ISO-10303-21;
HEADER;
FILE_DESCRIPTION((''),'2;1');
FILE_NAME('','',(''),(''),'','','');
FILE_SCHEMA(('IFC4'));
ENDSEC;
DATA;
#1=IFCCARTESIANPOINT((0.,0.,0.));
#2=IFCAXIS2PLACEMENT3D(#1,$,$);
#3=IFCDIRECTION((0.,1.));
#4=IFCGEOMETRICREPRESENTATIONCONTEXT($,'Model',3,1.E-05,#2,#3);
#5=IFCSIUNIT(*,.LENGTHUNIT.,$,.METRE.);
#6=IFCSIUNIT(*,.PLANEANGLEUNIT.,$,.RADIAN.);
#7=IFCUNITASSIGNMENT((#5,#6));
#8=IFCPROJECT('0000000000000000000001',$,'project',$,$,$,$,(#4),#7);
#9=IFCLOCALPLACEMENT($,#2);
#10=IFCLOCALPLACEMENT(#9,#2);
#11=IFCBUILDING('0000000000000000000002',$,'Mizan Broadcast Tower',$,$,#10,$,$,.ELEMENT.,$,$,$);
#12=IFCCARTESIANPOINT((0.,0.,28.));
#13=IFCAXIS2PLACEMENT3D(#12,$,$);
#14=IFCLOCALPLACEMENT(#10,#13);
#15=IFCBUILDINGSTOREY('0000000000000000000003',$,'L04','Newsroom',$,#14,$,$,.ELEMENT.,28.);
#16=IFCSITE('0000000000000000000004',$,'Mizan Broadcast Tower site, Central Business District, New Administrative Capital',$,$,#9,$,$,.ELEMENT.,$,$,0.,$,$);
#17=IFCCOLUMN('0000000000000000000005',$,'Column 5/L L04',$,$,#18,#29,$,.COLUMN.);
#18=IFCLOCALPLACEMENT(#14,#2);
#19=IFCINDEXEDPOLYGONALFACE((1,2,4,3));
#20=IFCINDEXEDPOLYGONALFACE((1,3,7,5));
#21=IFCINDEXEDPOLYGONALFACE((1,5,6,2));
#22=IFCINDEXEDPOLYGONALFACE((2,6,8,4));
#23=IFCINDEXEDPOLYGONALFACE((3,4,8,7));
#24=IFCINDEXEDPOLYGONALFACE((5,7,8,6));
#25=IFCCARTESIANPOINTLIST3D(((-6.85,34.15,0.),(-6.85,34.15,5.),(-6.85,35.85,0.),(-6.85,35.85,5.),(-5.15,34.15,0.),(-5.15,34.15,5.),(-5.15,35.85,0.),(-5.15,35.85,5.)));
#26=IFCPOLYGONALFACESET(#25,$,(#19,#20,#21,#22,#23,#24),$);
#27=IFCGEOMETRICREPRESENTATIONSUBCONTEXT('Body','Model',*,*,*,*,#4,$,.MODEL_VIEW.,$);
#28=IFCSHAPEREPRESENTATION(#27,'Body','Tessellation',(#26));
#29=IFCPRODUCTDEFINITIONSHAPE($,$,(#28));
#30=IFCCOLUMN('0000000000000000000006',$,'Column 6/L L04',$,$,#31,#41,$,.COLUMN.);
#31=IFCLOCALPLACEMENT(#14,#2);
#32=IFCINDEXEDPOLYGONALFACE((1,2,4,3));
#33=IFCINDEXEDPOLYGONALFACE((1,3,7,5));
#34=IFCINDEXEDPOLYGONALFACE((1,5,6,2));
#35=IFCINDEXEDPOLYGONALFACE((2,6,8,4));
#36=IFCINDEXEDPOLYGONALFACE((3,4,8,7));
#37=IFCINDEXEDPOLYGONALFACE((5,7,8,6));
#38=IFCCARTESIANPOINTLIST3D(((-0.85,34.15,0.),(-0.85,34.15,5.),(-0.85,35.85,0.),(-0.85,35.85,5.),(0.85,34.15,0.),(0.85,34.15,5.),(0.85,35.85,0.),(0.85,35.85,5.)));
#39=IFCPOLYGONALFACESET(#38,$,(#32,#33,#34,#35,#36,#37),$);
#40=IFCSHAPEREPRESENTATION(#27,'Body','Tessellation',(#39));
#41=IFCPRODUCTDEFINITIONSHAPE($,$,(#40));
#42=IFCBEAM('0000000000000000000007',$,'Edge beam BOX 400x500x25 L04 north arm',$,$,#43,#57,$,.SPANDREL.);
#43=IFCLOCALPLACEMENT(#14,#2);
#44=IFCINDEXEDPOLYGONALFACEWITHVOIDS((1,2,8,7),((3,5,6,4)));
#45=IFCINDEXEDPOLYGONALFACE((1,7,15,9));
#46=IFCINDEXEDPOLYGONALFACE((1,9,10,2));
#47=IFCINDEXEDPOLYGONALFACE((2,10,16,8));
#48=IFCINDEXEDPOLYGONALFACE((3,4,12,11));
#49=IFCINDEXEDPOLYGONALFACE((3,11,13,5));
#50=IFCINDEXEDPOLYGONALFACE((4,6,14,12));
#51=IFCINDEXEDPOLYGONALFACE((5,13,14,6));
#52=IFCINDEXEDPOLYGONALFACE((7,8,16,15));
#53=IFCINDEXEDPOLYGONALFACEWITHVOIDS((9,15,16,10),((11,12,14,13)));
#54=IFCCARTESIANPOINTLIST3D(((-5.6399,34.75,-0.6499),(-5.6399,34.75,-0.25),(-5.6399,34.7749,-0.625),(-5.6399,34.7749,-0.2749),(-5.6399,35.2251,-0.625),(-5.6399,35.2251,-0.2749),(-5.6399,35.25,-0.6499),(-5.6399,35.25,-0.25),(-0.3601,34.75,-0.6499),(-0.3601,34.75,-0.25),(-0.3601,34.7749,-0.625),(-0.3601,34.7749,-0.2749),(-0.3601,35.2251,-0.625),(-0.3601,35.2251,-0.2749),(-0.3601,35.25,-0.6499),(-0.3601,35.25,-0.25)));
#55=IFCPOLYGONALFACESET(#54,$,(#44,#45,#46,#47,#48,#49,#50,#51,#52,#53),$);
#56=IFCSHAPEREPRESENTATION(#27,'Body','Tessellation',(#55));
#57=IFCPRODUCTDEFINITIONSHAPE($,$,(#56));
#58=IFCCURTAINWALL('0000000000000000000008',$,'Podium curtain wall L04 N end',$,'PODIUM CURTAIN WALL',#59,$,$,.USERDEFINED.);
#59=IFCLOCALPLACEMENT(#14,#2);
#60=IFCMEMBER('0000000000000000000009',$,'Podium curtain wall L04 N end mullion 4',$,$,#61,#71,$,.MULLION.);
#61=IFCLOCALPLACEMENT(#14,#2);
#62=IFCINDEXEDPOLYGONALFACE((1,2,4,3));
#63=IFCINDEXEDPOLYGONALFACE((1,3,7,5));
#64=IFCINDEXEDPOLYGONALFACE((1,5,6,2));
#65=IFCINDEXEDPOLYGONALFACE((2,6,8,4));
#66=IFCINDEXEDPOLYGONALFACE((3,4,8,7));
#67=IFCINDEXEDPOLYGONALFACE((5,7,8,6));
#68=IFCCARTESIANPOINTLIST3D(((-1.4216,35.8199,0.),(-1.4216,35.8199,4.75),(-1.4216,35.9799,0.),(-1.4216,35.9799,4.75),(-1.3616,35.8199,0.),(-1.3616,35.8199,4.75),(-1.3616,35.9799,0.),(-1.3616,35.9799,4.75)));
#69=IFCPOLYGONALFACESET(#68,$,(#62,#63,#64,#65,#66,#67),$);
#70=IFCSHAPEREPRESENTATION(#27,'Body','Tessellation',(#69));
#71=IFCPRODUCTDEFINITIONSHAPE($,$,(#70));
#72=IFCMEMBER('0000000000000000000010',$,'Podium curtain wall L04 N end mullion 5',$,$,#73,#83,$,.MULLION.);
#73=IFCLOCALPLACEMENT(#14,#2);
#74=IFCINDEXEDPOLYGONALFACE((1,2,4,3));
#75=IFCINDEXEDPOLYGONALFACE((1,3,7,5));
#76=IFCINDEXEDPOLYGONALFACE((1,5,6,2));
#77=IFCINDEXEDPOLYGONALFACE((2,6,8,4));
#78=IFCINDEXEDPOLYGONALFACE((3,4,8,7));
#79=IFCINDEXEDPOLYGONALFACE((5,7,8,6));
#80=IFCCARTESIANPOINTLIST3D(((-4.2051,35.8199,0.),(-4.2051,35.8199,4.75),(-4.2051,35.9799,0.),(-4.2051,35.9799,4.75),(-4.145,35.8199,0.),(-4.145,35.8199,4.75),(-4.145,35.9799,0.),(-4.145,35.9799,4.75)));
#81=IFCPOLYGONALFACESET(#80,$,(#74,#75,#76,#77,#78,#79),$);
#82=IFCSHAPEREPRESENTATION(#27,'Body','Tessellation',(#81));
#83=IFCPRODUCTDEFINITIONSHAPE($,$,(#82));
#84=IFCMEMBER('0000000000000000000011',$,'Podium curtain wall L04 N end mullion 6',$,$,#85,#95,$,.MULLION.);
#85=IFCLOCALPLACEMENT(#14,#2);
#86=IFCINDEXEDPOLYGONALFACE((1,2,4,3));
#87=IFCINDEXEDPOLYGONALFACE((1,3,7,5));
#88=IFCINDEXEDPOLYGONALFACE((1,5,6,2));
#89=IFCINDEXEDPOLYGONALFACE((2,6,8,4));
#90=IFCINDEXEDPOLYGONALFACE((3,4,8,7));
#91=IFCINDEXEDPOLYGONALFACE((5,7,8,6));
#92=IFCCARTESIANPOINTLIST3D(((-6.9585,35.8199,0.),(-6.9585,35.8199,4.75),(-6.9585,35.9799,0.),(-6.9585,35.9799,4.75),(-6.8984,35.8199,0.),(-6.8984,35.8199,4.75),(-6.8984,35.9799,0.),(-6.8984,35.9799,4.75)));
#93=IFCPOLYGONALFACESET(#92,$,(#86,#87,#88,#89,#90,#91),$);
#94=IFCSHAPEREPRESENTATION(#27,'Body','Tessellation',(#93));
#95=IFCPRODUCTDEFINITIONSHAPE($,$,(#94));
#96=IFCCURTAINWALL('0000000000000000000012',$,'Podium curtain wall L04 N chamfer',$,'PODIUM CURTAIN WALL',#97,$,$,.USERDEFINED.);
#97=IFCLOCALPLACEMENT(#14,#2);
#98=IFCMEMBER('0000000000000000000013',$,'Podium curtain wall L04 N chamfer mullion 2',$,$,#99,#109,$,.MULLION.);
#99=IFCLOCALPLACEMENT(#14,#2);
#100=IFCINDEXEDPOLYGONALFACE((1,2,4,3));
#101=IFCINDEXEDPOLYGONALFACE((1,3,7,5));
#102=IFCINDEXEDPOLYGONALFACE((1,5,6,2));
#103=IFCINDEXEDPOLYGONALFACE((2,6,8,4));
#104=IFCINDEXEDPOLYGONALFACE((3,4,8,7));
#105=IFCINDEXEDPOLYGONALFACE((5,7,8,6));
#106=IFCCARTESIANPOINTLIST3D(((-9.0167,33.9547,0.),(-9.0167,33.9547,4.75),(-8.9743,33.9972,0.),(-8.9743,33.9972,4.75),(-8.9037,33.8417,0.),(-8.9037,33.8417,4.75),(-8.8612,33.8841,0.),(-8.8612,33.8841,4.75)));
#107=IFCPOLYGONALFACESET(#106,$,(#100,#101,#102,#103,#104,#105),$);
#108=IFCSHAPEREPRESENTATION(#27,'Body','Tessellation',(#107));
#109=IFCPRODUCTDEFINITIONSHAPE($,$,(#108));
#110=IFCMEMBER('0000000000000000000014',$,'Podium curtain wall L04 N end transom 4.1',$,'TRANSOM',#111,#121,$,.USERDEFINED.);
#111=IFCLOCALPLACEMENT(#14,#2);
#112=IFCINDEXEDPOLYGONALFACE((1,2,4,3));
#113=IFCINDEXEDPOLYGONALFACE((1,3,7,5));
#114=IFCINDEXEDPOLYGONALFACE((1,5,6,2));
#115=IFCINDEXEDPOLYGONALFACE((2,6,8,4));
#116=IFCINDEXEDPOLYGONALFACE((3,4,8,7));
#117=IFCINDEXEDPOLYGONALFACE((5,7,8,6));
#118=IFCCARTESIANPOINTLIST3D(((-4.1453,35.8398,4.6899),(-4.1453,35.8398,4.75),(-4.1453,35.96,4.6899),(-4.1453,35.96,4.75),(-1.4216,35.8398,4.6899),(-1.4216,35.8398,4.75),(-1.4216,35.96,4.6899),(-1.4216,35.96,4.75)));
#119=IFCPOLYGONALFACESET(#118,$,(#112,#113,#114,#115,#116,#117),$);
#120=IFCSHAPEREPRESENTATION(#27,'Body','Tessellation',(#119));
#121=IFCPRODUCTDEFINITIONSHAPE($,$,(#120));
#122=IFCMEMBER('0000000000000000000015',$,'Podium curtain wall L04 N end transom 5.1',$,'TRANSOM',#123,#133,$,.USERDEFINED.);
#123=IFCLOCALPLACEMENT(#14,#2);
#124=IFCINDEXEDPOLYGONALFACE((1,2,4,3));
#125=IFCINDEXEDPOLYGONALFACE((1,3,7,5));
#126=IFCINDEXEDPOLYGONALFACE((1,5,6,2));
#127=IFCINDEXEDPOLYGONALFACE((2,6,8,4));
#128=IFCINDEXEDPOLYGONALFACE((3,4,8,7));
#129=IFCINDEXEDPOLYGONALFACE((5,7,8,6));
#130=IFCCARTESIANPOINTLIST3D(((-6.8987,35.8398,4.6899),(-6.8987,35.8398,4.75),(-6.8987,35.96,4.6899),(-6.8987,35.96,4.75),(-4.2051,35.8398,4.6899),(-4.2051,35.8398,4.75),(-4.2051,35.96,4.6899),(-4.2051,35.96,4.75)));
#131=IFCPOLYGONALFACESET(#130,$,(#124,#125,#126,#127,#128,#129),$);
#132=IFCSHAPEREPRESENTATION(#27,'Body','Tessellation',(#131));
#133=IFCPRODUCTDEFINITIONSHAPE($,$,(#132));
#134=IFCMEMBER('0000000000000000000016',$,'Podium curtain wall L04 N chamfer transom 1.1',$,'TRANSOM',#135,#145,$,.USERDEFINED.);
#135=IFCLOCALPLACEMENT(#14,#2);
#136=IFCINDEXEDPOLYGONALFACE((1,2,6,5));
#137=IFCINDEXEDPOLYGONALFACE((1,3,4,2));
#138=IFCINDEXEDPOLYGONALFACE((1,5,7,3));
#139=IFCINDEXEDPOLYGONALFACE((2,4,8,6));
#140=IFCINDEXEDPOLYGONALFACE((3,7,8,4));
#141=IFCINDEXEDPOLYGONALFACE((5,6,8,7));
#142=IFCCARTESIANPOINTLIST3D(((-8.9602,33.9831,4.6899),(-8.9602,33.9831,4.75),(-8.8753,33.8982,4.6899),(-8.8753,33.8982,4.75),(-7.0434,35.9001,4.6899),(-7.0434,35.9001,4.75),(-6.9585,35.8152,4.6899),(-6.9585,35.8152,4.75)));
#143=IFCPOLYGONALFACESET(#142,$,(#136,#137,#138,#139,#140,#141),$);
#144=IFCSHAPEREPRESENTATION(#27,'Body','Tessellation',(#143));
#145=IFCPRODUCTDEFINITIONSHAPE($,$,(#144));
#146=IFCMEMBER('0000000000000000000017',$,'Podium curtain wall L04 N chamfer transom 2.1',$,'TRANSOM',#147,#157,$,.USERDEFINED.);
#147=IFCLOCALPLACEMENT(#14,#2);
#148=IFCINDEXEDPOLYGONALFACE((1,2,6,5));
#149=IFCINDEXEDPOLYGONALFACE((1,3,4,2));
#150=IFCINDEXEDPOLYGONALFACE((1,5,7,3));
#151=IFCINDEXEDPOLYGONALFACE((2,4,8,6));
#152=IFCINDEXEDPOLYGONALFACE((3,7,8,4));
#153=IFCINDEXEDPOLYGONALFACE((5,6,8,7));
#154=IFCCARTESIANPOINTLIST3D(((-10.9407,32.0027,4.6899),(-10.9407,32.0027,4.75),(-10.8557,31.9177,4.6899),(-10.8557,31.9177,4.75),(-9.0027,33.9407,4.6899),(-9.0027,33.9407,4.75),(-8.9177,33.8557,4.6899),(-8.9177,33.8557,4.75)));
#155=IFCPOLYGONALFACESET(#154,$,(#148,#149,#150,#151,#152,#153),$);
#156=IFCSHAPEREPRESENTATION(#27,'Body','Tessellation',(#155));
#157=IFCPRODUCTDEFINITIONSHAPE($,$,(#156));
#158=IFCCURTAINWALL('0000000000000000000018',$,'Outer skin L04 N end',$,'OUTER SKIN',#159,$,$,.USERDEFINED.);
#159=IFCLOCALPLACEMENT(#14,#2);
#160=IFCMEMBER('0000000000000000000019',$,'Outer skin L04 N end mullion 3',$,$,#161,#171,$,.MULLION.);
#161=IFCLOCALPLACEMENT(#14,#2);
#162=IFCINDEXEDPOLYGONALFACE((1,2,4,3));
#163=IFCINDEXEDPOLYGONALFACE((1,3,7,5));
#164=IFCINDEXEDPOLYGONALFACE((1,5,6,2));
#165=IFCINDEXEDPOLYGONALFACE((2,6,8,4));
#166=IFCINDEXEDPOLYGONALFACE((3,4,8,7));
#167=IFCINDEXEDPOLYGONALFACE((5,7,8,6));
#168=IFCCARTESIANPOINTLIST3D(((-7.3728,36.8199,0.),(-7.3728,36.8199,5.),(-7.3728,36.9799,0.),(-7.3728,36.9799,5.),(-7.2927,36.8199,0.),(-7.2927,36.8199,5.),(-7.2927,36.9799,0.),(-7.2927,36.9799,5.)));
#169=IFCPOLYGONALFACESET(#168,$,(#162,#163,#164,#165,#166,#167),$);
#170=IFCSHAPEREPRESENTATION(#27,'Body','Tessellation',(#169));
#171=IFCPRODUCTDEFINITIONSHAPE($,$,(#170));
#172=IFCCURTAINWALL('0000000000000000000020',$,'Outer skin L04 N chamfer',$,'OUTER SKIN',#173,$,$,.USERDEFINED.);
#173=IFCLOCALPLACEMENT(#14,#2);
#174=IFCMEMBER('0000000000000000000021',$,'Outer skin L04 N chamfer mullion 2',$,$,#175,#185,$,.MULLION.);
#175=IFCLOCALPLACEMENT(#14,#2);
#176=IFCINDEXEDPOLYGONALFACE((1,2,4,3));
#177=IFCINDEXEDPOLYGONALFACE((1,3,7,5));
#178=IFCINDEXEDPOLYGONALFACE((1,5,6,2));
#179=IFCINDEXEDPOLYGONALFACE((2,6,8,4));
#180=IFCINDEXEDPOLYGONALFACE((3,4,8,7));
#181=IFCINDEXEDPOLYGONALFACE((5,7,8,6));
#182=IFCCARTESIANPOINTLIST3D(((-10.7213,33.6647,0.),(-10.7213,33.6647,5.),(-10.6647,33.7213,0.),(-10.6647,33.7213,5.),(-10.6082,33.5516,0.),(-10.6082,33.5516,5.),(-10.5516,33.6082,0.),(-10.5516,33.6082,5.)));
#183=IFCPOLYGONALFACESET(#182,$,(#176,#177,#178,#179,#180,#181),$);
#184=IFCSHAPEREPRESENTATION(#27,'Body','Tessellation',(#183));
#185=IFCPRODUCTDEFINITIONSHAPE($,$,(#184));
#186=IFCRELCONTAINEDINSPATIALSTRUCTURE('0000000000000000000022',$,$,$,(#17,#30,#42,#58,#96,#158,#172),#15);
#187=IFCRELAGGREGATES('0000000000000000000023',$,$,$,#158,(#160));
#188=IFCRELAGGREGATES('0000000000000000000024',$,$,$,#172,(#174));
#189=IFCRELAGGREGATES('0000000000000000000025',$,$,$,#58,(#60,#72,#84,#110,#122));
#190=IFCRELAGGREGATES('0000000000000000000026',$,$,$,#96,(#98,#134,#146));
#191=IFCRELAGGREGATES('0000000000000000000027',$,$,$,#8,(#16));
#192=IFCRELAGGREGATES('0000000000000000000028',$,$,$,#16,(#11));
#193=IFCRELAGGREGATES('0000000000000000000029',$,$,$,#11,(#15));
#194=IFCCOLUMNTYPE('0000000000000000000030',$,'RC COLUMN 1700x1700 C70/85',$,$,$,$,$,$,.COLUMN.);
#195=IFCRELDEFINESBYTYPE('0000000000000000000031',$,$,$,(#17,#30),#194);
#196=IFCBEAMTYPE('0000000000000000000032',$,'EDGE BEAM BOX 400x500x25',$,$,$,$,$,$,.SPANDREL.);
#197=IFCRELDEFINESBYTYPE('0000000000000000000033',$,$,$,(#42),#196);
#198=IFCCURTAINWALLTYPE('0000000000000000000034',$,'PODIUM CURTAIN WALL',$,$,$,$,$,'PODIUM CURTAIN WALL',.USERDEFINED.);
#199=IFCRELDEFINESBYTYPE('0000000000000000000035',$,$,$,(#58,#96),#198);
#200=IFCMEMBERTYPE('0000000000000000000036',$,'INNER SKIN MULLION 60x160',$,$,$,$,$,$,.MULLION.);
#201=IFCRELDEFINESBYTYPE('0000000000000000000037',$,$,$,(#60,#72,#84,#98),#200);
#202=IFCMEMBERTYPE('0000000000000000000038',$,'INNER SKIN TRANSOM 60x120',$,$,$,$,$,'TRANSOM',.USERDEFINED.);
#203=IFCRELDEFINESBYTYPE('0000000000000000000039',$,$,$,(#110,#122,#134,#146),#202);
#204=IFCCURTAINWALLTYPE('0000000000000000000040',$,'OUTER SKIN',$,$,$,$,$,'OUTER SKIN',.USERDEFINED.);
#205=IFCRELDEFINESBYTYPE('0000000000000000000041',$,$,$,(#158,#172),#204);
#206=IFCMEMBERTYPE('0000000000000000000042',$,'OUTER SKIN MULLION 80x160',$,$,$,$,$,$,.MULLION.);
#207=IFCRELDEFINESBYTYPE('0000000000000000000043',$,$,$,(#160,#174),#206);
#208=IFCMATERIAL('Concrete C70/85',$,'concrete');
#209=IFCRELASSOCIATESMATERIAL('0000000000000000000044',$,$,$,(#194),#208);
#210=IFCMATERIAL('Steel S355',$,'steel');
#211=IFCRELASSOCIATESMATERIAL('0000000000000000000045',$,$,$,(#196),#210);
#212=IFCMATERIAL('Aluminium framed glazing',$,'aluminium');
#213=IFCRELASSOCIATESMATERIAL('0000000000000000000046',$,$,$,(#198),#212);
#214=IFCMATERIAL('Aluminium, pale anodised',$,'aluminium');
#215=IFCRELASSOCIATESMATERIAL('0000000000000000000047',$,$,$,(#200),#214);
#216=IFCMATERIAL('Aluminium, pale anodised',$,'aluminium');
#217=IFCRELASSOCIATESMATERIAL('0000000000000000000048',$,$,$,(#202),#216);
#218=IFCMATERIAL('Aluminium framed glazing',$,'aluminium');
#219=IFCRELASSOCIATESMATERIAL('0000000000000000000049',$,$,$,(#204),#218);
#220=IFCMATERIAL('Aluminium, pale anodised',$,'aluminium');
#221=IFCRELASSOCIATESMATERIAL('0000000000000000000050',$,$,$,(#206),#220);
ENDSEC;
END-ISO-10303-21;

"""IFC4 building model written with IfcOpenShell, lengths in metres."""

from ifc_helpers import new_model, si_unit, direction, frame, origin, origin_2d, place, context, subcontext, project, spatial, rectangle, hollow_rectangle, extrude, material, material_profile, profile_set, type_object, element, aggregate, save


model = new_model("IFC4")

# Units and contexts
model_context = context("Model", 3, precision=1e-05, world=origin(), true_north=direction((0.0, 1.0)))
body_context = subcontext(model_context, "Body", "Model", "MODEL_VIEW")
ifc_project = project(units=[si_unit("LENGTHUNIT", "METRE"), si_unit("PLANEANGLEUNIT", "RADIAN")], contexts=[model_context])

# Site, building, storey
site_placement = place(None, origin())
site = spatial("IfcSite", under=ifc_project, at=site_placement, Name="Mizan Broadcast Tower site, Central Business District, New Administrative Capital", CompositionType="ELEMENT", RefElevation=0.0)
building_placement = place(site_placement, origin())
building = spatial("IfcBuilding", under=site, at=building_placement, Name="Mizan Broadcast Tower", CompositionType="ELEMENT")
storey_placement = place(building_placement, frame((0.0, 0.0, 28.0)))
storey = spatial("IfcBuildingStorey", under=building, at=storey_placement, Name="L04", Description="Newsroom", CompositionType="ELEMENT", Elevation=28.0)

# Columns
ifc_material_1 = material(Name="Concrete C70/85", Category="concrete")
ifc_material_profile_1 = material_profile(ifc_material_1, rectangle(XDim=1.7, YDim=1.7, at=origin_2d()), Name="RC 1700x1700")
ifc_profile_set_1 = profile_set([ifc_material_profile_1], Name="Concrete C70/85")
column_type = type_object("IfcColumnType", Name="RC COLUMN 1700x1700 C70/85", PredefinedType="COLUMN", material=ifc_profile_set_1)
for number, where, z_axis, x_axis, name in (
    (1, (-6.0, 35.0, 0.0), (0.0, 0.0, 1.0), (1.0, 0.0, 0.0), "Column 5/L L04"),
    (2, (0.0, 35.0, 0.0), (0.0, 0.0, 1.0), (1.0, 0.0, 0.0), "Column 6/L L04"),
):
    element("IfcColumn", number, at=place(storey_placement, frame(where, z_axis=z_axis, x_axis=x_axis)), inside=storey, type_object=column_type, Name=name, PredefinedType="COLUMN", context=body_context, shape_type="SweptSolid", body=[
        extrude(rectangle(XDim=1.7, YDim=1.7, at=origin_2d()), origin(), (0.0, 0.0, 1.0), 5.0),
    ])

# Beam
ifc_material_2 = material(Name="Steel S355", Category="steel")
ifc_material_profile_2 = material_profile(ifc_material_2, hollow_rectangle(XDim=0.5, YDim=0.3999, WallThickness=0.0249, at=origin_2d()), Name="BOX 400x500x25")
ifc_profile_set_2 = profile_set([ifc_material_profile_2], Name="Steel S355")
beam_type = type_object("IfcBeamType", Name="EDGE BEAM BOX 400x500x25", PredefinedType="SPANDREL", material=ifc_profile_set_2)
beam_placement = place(storey_placement, frame((-5.6399, 35.0, -0.45), z_axis=(1.0, 0.0, 0.0), x_axis=(0.0, 1.0, 0.0)))
element("IfcBeam", 3, at=beam_placement, inside=storey, type_object=beam_type, Name="Edge beam BOX 400x500x25 L04 north arm", PredefinedType="SPANDREL", context=body_context, shape_type="SweptSolid", body=[
    extrude(hollow_rectangle(XDim=0.5, YDim=0.3999, WallThickness=0.0249, at=origin_2d()), origin(), (0.0, 0.0, 1.0), 5.2798),
])

# Curtain wall, members
ifc_material_3 = material(Name="Aluminium framed glazing", Category="aluminium")
curtain_wall_type_1 = type_object("IfcCurtainWallType", Name="PODIUM CURTAIN WALL", ElementType="PODIUM CURTAIN WALL", PredefinedType="USERDEFINED", material=ifc_material_3)
curtain_wall_1_placement = place(storey_placement, origin())
curtain_wall_1 = element("IfcCurtainWall", 4, at=curtain_wall_1_placement, inside=storey, type_object=curtain_wall_type_1, Name="Podium curtain wall L04 N end", ObjectType="PODIUM CURTAIN WALL", PredefinedType="USERDEFINED")
ifc_material_4 = material(Name="Aluminium, pale anodised", Category="aluminium")
ifc_material_profile_3 = material_profile(ifc_material_4, rectangle(XDim=0.1599, YDim=0.0601, at=origin_2d()), Name="MULLION 160x60")
ifc_profile_set_3 = profile_set([ifc_material_profile_3], Name="Aluminium, pale anodised")
member_type_1 = type_object("IfcMemberType", Name="INNER SKIN MULLION 60x160", PredefinedType="MULLION", material=ifc_profile_set_3)
member_1_placement = place(storey_placement, frame((-1.3916, 35.8999, 0.0), z_axis=(0.0, 0.0, 1.0), x_axis=(0.0, -1.0, 0.0)))
member_1 = element("IfcMember", 5, at=member_1_placement, type_object=member_type_1, Name="Podium curtain wall L04 N end mullion 4", PredefinedType="MULLION", context=body_context, shape_type="SweptSolid", body=[
    extrude(rectangle(XDim=0.1599, YDim=0.0601, at=origin_2d()), origin(), (0.0, 0.0, 1.0), 4.75),
])
member_2_placement = place(storey_placement, frame((-4.175, 35.8999, 0.0), z_axis=(0.0, 0.0, 1.0), x_axis=(0.0, -1.0, 0.0)))
member_2 = element("IfcMember", 6, at=member_2_placement, type_object=member_type_1, Name="Podium curtain wall L04 N end mullion 5", PredefinedType="MULLION", context=body_context, shape_type="SweptSolid", body=[
    extrude(rectangle(XDim=0.1599, YDim=0.0601, at=origin_2d()), origin(), (0.0, 0.0, 1.0), 4.75),
])
member_3_placement = place(storey_placement, frame((-6.9285, 35.8999, 0.0), z_axis=(0.0, 0.0, 1.0), x_axis=(0.0, -1.0, 0.0)))
member_3 = element("IfcMember", 7, at=member_3_placement, type_object=member_type_1, Name="Podium curtain wall L04 N end mullion 6", PredefinedType="MULLION", context=body_context, shape_type="SweptSolid", body=[
    extrude(rectangle(XDim=0.1599, YDim=0.0601, at=origin_2d()), origin(), (0.0, 0.0, 1.0), 4.75),
])

# Curtain wall, member
curtain_wall_2_placement = place(storey_placement, origin())
curtain_wall_2 = element("IfcCurtainWall", 8, at=curtain_wall_2_placement, inside=storey, type_object=curtain_wall_type_1, Name="Podium curtain wall L04 N chamfer", ObjectType="PODIUM CURTAIN WALL", PredefinedType="USERDEFINED")
member_4_placement = place(storey_placement, frame((-8.939, 33.9194, 0.0), z_axis=(0.0, 0.0, 1.0), x_axis=(0.707107, -0.707107, 0.0)))
member_4 = element("IfcMember", 9, at=member_4_placement, type_object=member_type_1, Name="Podium curtain wall L04 N chamfer mullion 2", PredefinedType="MULLION", context=body_context, shape_type="SweptSolid", body=[
    extrude(rectangle(XDim=0.1599, YDim=0.0601, at=origin_2d()), origin(), (0.0, 0.0, 1.0), 4.75),
])

# Members
ifc_material_5 = material(Name="Aluminium, pale anodised", Category="aluminium")
ifc_material_profile_4 = material_profile(ifc_material_5, rectangle(XDim=0.1201, YDim=0.0601, at=origin_2d()), Name="TRANSOM 120x60")
ifc_profile_set_4 = profile_set([ifc_material_profile_4], Name="Aluminium, pale anodised")
member_type_2 = type_object("IfcMemberType", Name="INNER SKIN TRANSOM 60x120", ElementType="TRANSOM", PredefinedType="USERDEFINED", material=ifc_profile_set_4)
member_5_placement = place(storey_placement, frame((-1.4216, 35.8999, 4.72), z_axis=(-1.0, 0.0, 0.0), x_axis=(0.0, -1.0, 0.0)))
member_5 = element("IfcMember", 10, at=member_5_placement, type_object=member_type_2, Name="Podium curtain wall L04 N end transom 4.1", ObjectType="TRANSOM", PredefinedType="USERDEFINED", context=body_context, shape_type="SweptSolid", body=[
    extrude(rectangle(XDim=0.1201, YDim=0.0601, at=origin_2d()), origin(), (0.0, 0.0, 1.0), 2.7236),
])
member_6_placement = place(storey_placement, frame((-4.2051, 35.8999, 4.72), z_axis=(-1.0, 0.0, 0.0), x_axis=(0.0, -1.0, 0.0)))
member_6 = element("IfcMember", 11, at=member_6_placement, type_object=member_type_2, Name="Podium curtain wall L04 N end transom 5.1", ObjectType="TRANSOM", PredefinedType="USERDEFINED", context=body_context, shape_type="SweptSolid", body=[
    extrude(rectangle(XDim=0.1201, YDim=0.0601, at=origin_2d()), origin(), (0.0, 0.0, 1.0), 2.6936),
])
member_7_placement = place(storey_placement, frame((-7.001, 35.8577, 4.72), z_axis=(-0.707062, -0.707152, 0.0), x_axis=(0.707152, -0.707062, 0.0)))
member_7 = element("IfcMember", 12, at=member_7_placement, type_object=member_type_2, Name="Podium curtain wall L04 N chamfer transom 1.1", ObjectType="TRANSOM", PredefinedType="USERDEFINED", context=body_context, shape_type="SweptSolid", body=[
    extrude(rectangle(XDim=0.1201, YDim=0.0601, at=origin_2d()), origin(), (0.0, 0.0, 1.0), 2.7109),
])
member_8_placement = place(storey_placement, frame((-8.9602, 33.8982, 4.72), z_axis=(-0.707107, -0.707107, 0.0), x_axis=(0.707107, -0.707107, 0.0)))
member_8 = element("IfcMember", 13, at=member_8_placement, type_object=member_type_2, Name="Podium curtain wall L04 N chamfer transom 2.1", ObjectType="TRANSOM", PredefinedType="USERDEFINED", context=body_context, shape_type="SweptSolid", body=[
    extrude(rectangle(XDim=0.1201, YDim=0.0601, at=origin_2d()), origin(), (0.0, 0.0, 1.0), 2.7407),
])

# Curtain walls, members
ifc_material_6 = material(Name="Aluminium framed glazing", Category="aluminium")
curtain_wall_type_2 = type_object("IfcCurtainWallType", Name="OUTER SKIN", ElementType="OUTER SKIN", PredefinedType="USERDEFINED", material=ifc_material_6)
curtain_wall_3_placement = place(storey_placement, origin())
curtain_wall_3 = element("IfcCurtainWall", 14, at=curtain_wall_3_placement, inside=storey, type_object=curtain_wall_type_2, Name="Outer skin L04 N end", ObjectType="OUTER SKIN", PredefinedType="USERDEFINED")
ifc_material_7 = material(Name="Aluminium, pale anodised", Category="aluminium")
ifc_material_profile_5 = material_profile(ifc_material_7, rectangle(XDim=0.1599, YDim=0.0801, at=origin_2d()), Name="MULLION 160x80")
ifc_profile_set_5 = profile_set([ifc_material_profile_5], Name="Aluminium, pale anodised")
member_type_3 = type_object("IfcMemberType", Name="OUTER SKIN MULLION 80x160", PredefinedType="MULLION", material=ifc_profile_set_5)
member_9_placement = place(storey_placement, frame((-7.3328, 36.8999, 0.0), z_axis=(0.0, 0.0, 1.0), x_axis=(0.0, -1.0, 0.0)))
member_9 = element("IfcMember", 15, at=member_9_placement, type_object=member_type_3, Name="Outer skin L04 N end mullion 3", PredefinedType="MULLION", context=body_context, shape_type="SweptSolid", body=[
    extrude(rectangle(XDim=0.1599, YDim=0.0801, at=origin_2d()), origin(), (0.0, 0.0, 1.0), 5.0),
])
curtain_wall_4_placement = place(storey_placement, origin())
curtain_wall_4 = element("IfcCurtainWall", 16, at=curtain_wall_4_placement, inside=storey, type_object=curtain_wall_type_2, Name="Outer skin L04 N chamfer", ObjectType="OUTER SKIN", PredefinedType="USERDEFINED")
member_10_placement = place(storey_placement, frame((-10.6365, 33.6365, 0.0), z_axis=(0.0, 0.0, 1.0), x_axis=(0.707107, -0.707107, 0.0)))
member_10 = element("IfcMember", 17, at=member_10_placement, type_object=member_type_3, Name="Outer skin L04 N chamfer mullion 2", PredefinedType="MULLION", context=body_context, shape_type="SweptSolid", body=[
    extrude(rectangle(XDim=0.1599, YDim=0.0801, at=origin_2d()), origin(), (0.0, 0.0, 1.0), 5.0),
])

aggregate(curtain_wall_3, [member_9])
aggregate(curtain_wall_4, [member_10])
aggregate(curtain_wall_1, [member_1, member_2, member_3, member_5, member_6])
aggregate(curtain_wall_2, [member_4, member_7, member_8])

save(model, "model.ifc")
